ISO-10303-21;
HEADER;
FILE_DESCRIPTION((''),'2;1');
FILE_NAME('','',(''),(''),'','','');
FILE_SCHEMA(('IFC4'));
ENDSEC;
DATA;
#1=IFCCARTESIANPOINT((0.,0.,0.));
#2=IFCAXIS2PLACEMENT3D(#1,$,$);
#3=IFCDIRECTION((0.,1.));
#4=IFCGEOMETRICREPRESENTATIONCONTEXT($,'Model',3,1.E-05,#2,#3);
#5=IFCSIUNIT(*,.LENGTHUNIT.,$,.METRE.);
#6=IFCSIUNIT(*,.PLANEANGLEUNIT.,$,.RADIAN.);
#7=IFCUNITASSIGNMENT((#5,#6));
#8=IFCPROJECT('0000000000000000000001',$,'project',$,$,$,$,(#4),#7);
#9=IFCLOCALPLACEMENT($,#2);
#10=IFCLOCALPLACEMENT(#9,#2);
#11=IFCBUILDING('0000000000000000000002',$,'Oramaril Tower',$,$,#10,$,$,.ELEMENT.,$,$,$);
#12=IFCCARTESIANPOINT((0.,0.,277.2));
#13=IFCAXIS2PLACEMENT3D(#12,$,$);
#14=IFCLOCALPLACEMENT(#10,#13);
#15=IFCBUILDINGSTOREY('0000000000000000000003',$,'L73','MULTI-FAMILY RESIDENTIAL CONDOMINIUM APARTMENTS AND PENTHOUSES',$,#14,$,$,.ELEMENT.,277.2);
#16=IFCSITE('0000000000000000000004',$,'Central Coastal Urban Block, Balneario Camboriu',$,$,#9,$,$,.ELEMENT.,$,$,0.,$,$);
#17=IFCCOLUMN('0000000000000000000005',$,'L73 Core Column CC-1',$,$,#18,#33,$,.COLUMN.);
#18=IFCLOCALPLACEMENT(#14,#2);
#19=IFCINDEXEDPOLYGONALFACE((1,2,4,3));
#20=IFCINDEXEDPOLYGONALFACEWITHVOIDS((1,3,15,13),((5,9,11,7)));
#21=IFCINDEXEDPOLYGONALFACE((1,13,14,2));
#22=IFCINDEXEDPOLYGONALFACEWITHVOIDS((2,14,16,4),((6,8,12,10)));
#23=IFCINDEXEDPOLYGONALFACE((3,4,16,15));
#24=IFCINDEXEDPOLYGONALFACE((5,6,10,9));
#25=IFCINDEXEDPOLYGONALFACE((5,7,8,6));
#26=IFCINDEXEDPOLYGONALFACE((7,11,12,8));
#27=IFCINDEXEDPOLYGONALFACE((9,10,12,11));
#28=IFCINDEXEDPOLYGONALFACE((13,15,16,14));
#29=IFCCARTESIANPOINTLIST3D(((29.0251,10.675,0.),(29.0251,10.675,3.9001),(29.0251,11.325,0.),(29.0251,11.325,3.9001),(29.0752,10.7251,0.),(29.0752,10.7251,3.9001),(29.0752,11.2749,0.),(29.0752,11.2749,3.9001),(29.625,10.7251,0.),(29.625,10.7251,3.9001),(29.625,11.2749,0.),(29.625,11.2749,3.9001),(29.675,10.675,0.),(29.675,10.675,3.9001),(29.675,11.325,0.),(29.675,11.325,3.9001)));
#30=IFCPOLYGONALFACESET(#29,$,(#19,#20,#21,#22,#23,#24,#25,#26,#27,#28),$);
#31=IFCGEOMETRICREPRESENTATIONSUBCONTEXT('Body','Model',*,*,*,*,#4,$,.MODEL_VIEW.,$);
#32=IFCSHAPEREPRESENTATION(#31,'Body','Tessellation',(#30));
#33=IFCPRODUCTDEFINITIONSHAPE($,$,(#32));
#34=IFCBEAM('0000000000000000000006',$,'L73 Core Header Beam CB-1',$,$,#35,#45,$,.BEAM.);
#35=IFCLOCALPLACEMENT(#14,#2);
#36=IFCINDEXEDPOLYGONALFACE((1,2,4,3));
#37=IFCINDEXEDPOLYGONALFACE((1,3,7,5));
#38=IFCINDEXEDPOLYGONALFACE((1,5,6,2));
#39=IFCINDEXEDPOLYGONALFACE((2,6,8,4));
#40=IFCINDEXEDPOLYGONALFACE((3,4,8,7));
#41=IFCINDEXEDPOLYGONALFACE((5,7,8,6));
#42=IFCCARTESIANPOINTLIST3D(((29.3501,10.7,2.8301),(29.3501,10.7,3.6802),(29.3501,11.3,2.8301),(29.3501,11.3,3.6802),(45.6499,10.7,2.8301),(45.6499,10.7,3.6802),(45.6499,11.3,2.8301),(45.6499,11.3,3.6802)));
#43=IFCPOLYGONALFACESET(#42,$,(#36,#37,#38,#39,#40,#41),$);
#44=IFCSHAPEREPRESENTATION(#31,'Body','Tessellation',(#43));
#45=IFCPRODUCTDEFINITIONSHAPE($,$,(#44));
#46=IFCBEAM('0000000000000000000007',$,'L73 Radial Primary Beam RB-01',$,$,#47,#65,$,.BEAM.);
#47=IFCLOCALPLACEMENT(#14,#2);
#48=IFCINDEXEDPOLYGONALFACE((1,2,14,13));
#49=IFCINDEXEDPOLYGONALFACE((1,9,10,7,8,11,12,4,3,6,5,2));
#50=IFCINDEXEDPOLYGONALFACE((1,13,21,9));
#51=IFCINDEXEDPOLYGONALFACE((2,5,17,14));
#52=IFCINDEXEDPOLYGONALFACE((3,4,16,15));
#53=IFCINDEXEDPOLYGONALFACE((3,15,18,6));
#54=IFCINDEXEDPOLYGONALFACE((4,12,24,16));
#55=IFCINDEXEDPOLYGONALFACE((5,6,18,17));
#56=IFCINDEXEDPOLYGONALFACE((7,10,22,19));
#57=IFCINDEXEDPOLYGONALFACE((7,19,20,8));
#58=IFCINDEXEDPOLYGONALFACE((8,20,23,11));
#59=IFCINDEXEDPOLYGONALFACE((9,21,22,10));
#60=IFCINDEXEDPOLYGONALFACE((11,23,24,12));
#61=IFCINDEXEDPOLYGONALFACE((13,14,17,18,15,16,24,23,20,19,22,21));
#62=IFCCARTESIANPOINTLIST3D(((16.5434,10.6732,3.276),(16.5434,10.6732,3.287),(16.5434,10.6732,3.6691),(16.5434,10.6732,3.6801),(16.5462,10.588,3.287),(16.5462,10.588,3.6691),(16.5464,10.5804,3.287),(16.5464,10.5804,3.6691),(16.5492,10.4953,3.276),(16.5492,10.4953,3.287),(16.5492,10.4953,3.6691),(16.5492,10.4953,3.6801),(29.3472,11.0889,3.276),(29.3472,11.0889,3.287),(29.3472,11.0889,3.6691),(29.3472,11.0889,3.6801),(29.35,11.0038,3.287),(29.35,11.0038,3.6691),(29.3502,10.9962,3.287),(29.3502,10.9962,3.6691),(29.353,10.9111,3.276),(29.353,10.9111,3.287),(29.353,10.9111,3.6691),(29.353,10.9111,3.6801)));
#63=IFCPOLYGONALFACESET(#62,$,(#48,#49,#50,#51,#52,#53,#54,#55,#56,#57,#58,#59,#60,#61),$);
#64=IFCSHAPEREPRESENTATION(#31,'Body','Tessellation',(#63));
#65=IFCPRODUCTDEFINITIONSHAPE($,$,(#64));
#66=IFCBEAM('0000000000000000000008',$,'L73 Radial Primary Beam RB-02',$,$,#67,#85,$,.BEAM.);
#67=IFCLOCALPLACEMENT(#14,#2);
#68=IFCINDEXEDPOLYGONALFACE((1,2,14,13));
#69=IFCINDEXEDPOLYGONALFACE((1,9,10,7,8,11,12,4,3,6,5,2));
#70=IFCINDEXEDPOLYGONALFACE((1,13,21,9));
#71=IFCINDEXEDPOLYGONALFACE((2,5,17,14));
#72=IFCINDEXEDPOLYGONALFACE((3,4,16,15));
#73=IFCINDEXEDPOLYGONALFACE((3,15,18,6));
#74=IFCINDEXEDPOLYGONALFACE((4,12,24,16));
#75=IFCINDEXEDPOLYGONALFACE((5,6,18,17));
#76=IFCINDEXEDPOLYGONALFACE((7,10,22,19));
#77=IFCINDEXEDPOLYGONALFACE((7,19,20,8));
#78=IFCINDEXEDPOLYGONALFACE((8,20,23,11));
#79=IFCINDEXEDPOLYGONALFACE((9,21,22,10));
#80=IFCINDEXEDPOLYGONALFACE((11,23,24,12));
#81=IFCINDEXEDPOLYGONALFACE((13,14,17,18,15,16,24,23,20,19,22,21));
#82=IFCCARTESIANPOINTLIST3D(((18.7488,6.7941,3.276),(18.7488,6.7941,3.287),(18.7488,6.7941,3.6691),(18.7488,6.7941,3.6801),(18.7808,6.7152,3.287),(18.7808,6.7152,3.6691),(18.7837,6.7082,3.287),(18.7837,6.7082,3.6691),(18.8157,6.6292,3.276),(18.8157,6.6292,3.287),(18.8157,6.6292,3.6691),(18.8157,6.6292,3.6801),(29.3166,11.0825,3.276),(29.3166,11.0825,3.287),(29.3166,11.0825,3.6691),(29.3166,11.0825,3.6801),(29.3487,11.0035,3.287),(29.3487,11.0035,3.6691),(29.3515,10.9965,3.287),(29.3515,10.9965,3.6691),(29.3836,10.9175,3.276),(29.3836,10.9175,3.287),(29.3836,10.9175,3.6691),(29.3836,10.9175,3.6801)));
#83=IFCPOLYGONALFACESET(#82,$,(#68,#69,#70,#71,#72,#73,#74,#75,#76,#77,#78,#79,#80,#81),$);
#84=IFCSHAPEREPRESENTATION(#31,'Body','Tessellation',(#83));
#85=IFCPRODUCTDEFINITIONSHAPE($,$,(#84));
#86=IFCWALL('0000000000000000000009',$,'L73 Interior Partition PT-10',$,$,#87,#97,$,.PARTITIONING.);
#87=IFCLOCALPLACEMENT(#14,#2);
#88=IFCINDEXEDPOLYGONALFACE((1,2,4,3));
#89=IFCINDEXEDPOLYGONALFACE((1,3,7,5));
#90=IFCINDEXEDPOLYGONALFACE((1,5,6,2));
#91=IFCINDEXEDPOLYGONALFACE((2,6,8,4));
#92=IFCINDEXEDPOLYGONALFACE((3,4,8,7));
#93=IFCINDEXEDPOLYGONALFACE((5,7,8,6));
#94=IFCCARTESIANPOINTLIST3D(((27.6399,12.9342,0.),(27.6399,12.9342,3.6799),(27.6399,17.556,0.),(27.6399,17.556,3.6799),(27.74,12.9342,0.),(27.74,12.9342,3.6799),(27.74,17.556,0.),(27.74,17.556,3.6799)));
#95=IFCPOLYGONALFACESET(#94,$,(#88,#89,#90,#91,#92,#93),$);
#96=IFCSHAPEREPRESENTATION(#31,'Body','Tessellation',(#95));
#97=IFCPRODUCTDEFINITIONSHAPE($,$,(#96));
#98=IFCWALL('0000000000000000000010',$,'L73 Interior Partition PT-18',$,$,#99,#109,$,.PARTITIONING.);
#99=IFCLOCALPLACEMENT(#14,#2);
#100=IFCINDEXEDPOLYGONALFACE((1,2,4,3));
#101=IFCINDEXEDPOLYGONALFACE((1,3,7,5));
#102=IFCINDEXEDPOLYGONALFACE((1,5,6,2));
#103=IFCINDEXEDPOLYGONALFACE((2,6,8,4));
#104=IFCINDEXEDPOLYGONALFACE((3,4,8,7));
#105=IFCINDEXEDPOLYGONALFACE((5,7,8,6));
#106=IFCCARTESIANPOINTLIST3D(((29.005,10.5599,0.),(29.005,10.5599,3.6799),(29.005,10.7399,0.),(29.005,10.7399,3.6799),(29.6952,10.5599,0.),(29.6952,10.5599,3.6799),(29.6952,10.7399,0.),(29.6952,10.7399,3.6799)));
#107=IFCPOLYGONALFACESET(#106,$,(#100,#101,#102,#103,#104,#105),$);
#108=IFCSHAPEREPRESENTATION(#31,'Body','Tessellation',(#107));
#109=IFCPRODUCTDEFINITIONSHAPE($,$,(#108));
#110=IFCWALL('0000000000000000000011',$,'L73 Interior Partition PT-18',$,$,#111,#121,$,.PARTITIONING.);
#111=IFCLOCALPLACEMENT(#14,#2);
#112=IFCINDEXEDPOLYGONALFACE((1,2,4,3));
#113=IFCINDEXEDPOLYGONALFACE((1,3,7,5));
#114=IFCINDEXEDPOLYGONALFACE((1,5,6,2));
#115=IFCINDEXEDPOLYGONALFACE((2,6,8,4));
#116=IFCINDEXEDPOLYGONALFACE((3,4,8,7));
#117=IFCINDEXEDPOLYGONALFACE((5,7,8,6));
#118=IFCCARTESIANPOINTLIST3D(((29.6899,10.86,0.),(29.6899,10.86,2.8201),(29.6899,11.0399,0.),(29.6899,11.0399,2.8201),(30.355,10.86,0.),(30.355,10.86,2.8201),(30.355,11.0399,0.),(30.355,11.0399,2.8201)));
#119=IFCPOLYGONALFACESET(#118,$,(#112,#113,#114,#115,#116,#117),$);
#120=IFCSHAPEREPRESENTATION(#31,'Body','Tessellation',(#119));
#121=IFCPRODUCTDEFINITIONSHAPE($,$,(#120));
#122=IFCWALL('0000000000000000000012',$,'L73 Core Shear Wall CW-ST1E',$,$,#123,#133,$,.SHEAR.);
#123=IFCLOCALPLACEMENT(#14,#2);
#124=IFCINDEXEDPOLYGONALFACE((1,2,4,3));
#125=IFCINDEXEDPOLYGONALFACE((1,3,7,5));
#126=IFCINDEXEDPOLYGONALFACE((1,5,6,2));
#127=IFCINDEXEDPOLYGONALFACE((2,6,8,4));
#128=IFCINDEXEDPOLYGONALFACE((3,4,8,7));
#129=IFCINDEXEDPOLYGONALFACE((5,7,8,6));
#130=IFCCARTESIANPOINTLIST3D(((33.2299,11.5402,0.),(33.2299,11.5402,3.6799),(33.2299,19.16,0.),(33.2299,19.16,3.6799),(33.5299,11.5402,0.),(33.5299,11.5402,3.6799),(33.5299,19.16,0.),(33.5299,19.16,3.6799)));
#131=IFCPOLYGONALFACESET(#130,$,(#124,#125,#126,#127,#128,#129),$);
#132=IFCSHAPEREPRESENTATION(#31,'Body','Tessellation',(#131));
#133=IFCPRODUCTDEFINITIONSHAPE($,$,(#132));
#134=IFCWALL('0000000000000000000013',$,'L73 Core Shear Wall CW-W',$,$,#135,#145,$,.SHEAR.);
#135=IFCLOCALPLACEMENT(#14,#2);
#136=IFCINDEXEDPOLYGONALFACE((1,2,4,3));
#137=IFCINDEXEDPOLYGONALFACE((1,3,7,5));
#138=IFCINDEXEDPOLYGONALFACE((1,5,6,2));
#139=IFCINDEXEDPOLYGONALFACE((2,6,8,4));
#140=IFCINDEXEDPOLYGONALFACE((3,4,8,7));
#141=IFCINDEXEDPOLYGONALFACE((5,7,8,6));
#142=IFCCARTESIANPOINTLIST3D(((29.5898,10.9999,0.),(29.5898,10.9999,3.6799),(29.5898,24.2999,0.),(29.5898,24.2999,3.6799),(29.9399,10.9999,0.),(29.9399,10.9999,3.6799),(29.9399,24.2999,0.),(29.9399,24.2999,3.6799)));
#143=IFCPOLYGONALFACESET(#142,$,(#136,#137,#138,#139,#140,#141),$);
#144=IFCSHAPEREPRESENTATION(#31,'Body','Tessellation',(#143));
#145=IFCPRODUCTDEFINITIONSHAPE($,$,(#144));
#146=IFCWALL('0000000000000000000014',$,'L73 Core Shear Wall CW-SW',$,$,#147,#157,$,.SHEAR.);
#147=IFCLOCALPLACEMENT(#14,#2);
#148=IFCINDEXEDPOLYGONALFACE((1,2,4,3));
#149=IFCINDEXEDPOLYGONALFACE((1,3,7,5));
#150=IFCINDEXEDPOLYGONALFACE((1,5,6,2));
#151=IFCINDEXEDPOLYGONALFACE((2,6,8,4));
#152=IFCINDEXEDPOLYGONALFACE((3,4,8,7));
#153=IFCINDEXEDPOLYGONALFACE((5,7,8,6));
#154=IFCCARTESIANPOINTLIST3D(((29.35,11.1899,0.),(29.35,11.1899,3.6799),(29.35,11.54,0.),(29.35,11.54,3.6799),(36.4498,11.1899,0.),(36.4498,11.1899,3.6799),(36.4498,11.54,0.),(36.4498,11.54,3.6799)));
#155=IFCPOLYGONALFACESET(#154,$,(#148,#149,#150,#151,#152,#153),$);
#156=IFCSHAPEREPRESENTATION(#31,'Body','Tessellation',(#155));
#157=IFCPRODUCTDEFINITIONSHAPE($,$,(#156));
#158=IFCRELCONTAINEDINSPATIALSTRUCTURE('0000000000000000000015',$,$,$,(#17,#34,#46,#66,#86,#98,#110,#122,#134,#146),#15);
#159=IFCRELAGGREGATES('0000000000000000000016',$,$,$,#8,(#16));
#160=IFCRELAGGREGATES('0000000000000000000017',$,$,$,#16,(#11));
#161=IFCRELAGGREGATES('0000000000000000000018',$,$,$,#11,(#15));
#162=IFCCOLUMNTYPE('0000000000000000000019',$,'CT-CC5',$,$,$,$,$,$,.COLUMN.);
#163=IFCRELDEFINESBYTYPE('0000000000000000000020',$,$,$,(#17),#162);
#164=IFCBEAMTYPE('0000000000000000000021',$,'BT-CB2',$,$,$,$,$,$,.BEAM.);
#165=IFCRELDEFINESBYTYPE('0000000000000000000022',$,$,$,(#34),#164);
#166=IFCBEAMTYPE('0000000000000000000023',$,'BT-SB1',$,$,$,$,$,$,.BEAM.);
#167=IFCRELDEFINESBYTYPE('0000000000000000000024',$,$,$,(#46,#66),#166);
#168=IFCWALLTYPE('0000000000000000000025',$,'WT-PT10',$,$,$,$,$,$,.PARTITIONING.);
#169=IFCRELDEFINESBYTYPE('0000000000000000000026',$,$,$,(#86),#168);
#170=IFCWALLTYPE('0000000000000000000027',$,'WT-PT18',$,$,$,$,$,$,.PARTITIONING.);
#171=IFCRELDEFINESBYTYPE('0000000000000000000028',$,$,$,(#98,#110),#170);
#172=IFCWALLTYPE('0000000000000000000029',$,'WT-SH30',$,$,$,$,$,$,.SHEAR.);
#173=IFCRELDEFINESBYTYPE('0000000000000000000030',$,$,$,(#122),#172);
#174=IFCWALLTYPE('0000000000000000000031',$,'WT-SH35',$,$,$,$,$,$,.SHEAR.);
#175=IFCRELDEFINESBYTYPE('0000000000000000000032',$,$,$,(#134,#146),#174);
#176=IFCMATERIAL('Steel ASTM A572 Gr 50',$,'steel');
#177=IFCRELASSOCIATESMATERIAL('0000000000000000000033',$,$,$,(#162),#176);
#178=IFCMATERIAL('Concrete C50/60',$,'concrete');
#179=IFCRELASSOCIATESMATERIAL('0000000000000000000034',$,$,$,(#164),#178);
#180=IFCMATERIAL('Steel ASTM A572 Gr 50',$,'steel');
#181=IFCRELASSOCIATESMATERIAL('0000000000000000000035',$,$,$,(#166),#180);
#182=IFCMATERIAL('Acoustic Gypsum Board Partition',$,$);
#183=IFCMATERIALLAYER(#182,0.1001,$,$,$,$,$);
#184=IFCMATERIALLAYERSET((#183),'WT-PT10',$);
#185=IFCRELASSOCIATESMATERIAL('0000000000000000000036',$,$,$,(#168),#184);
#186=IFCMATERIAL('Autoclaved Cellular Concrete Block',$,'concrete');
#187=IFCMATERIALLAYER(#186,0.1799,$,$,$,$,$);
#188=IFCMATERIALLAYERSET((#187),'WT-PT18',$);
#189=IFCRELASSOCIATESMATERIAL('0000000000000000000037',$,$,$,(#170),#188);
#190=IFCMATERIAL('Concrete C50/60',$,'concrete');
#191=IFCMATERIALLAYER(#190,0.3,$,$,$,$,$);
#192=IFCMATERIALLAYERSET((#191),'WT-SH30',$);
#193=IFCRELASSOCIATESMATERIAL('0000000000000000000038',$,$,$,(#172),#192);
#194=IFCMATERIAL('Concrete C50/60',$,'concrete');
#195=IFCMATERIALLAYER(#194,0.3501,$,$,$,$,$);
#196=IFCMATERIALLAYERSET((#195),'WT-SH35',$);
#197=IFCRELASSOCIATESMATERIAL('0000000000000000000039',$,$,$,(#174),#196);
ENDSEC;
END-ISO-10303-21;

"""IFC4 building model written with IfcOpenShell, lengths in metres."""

from ifc_helpers import new_model, si_unit, direction, frame, frame_2d, origin, origin_2d, place, context, subcontext, project, spatial, rectangle, hollow_rectangle, i_section, extrude, material, layer, layer_set, material_profile, profile_set, type_object, element, save


model = new_model("IFC4")

# Units and contexts
model_context = context("Model", 3, precision=1e-05, world=origin(), true_north=direction((0.0, 1.0)))
body_context = subcontext(model_context, "Body", "Model", "MODEL_VIEW")
ifc_project = project(units=[si_unit("LENGTHUNIT", "METRE"), si_unit("PLANEANGLEUNIT", "RADIAN")], contexts=[model_context])

# Site, building, storey
site_placement = place(None, origin())
site = spatial("IfcSite", under=ifc_project, at=site_placement, Name="Central Coastal Urban Block, Balneario Camboriu", CompositionType="ELEMENT", RefElevation=0.0)
building_placement = place(site_placement, origin())
building = spatial("IfcBuilding", under=site, at=building_placement, Name="Oramaril Tower", CompositionType="ELEMENT")
storey_placement = place(building_placement, frame((0.0, 0.0, 277.2)))
storey = spatial("IfcBuildingStorey", under=building, at=storey_placement, Name="L73", Description="MULTI-FAMILY RESIDENTIAL CONDOMINIUM APARTMENTS AND PENTHOUSES", CompositionType="ELEMENT", Elevation=277.2)

# Column
ifc_material_1 = material(Name="Steel ASTM A572 Gr 50", Category="steel")
ifc_material_profile_1 = material_profile(ifc_material_1, hollow_rectangle(XDim=0.6499, YDim=0.6499, WallThickness=0.05, at=origin_2d()), Name="BOX650X650X50")
ifc_profile_set_1 = profile_set([ifc_material_profile_1], Name="Steel ASTM A572 Gr 50")
column_type = type_object("IfcColumnType", Name="CT-CC5", PredefinedType="COLUMN", material=ifc_profile_set_1)
column_placement = place(storey_placement, frame((29.3501, 11.0, 0.0), z_axis=(0.0, 0.0, 1.0), x_axis=(1.0, 0.0, 0.0)))
element("IfcColumn", 1, at=column_placement, inside=storey, type_object=column_type, Name="L73 Core Column CC-1", PredefinedType="COLUMN", context=body_context, shape_type="SweptSolid", body=[
    extrude(hollow_rectangle(XDim=0.6499, YDim=0.6499, WallThickness=0.05, at=origin_2d()), origin(), (0.0, 0.0, 1.0), 3.9001),
])

# Beams
ifc_material_2 = material(Name="Concrete C50/60", Category="concrete")
ifc_material_profile_2 = material_profile(ifc_material_2, rectangle(XDim=0.6001, YDim=0.8501, at=origin_2d()), Name="CB600X850")
ifc_profile_set_2 = profile_set([ifc_material_profile_2], Name="Concrete C50/60")
beam_type_1 = type_object("IfcBeamType", Name="BT-CB2", PredefinedType="BEAM", material=ifc_profile_set_2)
beam_1_placement = place(storey_placement, frame((29.3501, 11.0, 3.2551), z_axis=(1.0, 0.0, 0.0), x_axis=(0.0, 1.0, 0.0)))
element("IfcBeam", 2, at=beam_1_placement, inside=storey, type_object=beam_type_1, Name="L73 Core Header Beam CB-1", PredefinedType="BEAM", context=body_context, shape_type="SweptSolid", body=[
    extrude(rectangle(XDim=0.6001, YDim=0.8501, at=origin_2d()), origin(), (0.0, 0.0, 1.0), 16.2998),
])
ifc_material_3 = material(Name="Steel ASTM A572 Gr 50", Category="steel")
ifc_material_profile_3 = material_profile(ifc_material_3, i_section(OverallWidth=0.178, OverallDepth=0.4041, WebThickness=0.0076, FlangeThickness=0.011, at=origin_2d()), Name="W16X36")
ifc_profile_set_3 = profile_set([ifc_material_profile_3], Name="Steel ASTM A572 Gr 50")
beam_type_2 = type_object("IfcBeamType", Name="BT-SB1", PredefinedType="BEAM", material=ifc_profile_set_3)
beam_2_placement = place(storey_placement, frame((29.3501, 11.0, 3.478), z_axis=(-0.999473, -0.032456, 0.0), x_axis=(0.032456, -0.999473, 0.0)))
element("IfcBeam", 3, at=beam_2_placement, inside=storey, type_object=beam_type_2, Name="L73 Radial Primary Beam RB-01", PredefinedType="BEAM", context=body_context, shape_type="SweptSolid", body=[
    extrude(i_section(OverallWidth=0.178, OverallDepth=0.4041, WebThickness=0.0076, FlangeThickness=0.011, at=origin_2d()), origin(), (0.0, 0.0, 1.0), 12.8105),
])
beam_3_placement = place(storey_placement, frame((29.3501, 11.0, 3.478), z_axis=(-0.926615, -0.376011, 0.0), x_axis=(0.376011, -0.926615, 0.0)))
element("IfcBeam", 4, at=beam_3_placement, inside=storey, type_object=beam_type_2, Name="L73 Radial Primary Beam RB-02", PredefinedType="BEAM", context=body_context, shape_type="SweptSolid", body=[
    extrude(i_section(OverallWidth=0.178, OverallDepth=0.4041, WebThickness=0.0076, FlangeThickness=0.011, at=origin_2d()), origin(), (0.0, 0.0, 1.0), 11.4048),
])

# Walls
ifc_material_4 = material(Name="Acoustic Gypsum Board Partition")
ifc_layer_1 = layer(ifc_material_4, 0.1001)
ifc_layer_set_1 = layer_set([ifc_layer_1], Name="WT-PT10")
wall_type_1 = type_object("IfcWallType", Name="WT-PT10", PredefinedType="PARTITIONING", material=ifc_layer_set_1)
wall_1_placement = place(storey_placement, frame((27.6899, 12.9341, 0.0), z_axis=(0.0, 0.0, 1.0), x_axis=(0.0, 1.0, 0.0)))
element("IfcWall", 5, at=wall_1_placement, inside=storey, type_object=wall_type_1, Name="L73 Interior Partition PT-10", PredefinedType="PARTITIONING", context=body_context, shape_type="SweptSolid", body=[
    extrude(rectangle(XDim=4.6218, YDim=0.1001, at=frame_2d((2.311, 0.0))), origin(), (0.0, 0.0, 1.0), 3.6799),
])
ifc_material_5 = material(Name="Autoclaved Cellular Concrete Block", Category="concrete")
ifc_layer_2 = layer(ifc_material_5, 0.1799)
ifc_layer_set_2 = layer_set([ifc_layer_2], Name="WT-PT18")
wall_type_2 = type_object("IfcWallType", Name="WT-PT18", PredefinedType="PARTITIONING", material=ifc_layer_set_2)
wall_2_placement = place(storey_placement, frame((29.0049, 10.6499, 0.0), z_axis=(0.0, 0.0, 1.0), x_axis=(1.0, 0.0, 0.0)))
element("IfcWall", 6, at=wall_2_placement, inside=storey, type_object=wall_type_2, Name="L73 Interior Partition PT-18", PredefinedType="PARTITIONING", context=body_context, shape_type="SweptSolid", body=[
    extrude(rectangle(XDim=0.6902, YDim=0.1799, at=frame_2d((0.3452, 0.0))), origin(), (0.0, 0.0, 1.0), 3.6799),
])
wall_3_placement = place(storey_placement, frame((29.6899, 10.95, 0.0), z_axis=(0.0, 0.0, 1.0), x_axis=(1.0, 0.0, 0.0)))
element("IfcWall", 7, at=wall_3_placement, inside=storey, type_object=wall_type_2, Name="L73 Interior Partition PT-18", PredefinedType="PARTITIONING", context=body_context, shape_type="SweptSolid", body=[
    extrude(rectangle(XDim=0.665, YDim=0.1799, at=frame_2d((0.3325, 0.0))), origin(), (0.0, 0.0, 1.0), 2.8201),
])
ifc_material_6 = material(Name="Concrete C50/60", Category="concrete")
ifc_layer_3 = layer(ifc_material_6, 0.3)
ifc_layer_set_3 = layer_set([ifc_layer_3], Name="WT-SH30")
wall_type_3 = type_object("IfcWallType", Name="WT-SH30", PredefinedType="SHEAR", material=ifc_layer_set_3)
wall_4_placement = place(storey_placement, frame((33.3799, 11.54, 0.0), z_axis=(0.0, 0.0, 1.0), x_axis=(0.0, 1.0, 0.0)))
element("IfcWall", 8, at=wall_4_placement, inside=storey, type_object=wall_type_3, Name="L73 Core Shear Wall CW-ST1E", PredefinedType="SHEAR", context=body_context, shape_type="SweptSolid", body=[
    extrude(rectangle(XDim=7.6199, YDim=0.3, at=frame_2d((3.8101, 0.0))), origin(), (0.0, 0.0, 1.0), 3.6799),
])
ifc_material_7 = material(Name="Concrete C50/60", Category="concrete")
ifc_layer_4 = layer(ifc_material_7, 0.3501)
ifc_layer_set_4 = layer_set([ifc_layer_4], Name="WT-SH35")
wall_type_4 = type_object("IfcWallType", Name="WT-SH35", PredefinedType="SHEAR", material=ifc_layer_set_4)
wall_5_placement = place(storey_placement, frame((29.7649, 11.0, 0.0), z_axis=(0.0, 0.0, 1.0), x_axis=(0.0, 1.0, 0.0)))
element("IfcWall", 9, at=wall_5_placement, inside=storey, type_object=wall_type_4, Name="L73 Core Shear Wall CW-W", PredefinedType="SHEAR", context=body_context, shape_type="SweptSolid", body=[
    extrude(rectangle(XDim=13.3, YDim=0.3501, at=frame_2d((6.6499, 0.0))), origin(), (0.0, 0.0, 1.0), 3.6799),
])
wall_6_placement = place(storey_placement, frame((29.3501, 11.365, 0.0), z_axis=(0.0, 0.0, 1.0), x_axis=(1.0, 0.0, 0.0)))
element("IfcWall", 10, at=wall_6_placement, inside=storey, type_object=wall_type_4, Name="L73 Core Shear Wall CW-SW", PredefinedType="SHEAR", context=body_context, shape_type="SweptSolid", body=[
    extrude(rectangle(XDim=7.0999, YDim=0.3501, at=frame_2d((3.5498, 0.0))), origin(), (0.0, 0.0, 1.0), 3.6799),
])

save(model, "model.ifc")
